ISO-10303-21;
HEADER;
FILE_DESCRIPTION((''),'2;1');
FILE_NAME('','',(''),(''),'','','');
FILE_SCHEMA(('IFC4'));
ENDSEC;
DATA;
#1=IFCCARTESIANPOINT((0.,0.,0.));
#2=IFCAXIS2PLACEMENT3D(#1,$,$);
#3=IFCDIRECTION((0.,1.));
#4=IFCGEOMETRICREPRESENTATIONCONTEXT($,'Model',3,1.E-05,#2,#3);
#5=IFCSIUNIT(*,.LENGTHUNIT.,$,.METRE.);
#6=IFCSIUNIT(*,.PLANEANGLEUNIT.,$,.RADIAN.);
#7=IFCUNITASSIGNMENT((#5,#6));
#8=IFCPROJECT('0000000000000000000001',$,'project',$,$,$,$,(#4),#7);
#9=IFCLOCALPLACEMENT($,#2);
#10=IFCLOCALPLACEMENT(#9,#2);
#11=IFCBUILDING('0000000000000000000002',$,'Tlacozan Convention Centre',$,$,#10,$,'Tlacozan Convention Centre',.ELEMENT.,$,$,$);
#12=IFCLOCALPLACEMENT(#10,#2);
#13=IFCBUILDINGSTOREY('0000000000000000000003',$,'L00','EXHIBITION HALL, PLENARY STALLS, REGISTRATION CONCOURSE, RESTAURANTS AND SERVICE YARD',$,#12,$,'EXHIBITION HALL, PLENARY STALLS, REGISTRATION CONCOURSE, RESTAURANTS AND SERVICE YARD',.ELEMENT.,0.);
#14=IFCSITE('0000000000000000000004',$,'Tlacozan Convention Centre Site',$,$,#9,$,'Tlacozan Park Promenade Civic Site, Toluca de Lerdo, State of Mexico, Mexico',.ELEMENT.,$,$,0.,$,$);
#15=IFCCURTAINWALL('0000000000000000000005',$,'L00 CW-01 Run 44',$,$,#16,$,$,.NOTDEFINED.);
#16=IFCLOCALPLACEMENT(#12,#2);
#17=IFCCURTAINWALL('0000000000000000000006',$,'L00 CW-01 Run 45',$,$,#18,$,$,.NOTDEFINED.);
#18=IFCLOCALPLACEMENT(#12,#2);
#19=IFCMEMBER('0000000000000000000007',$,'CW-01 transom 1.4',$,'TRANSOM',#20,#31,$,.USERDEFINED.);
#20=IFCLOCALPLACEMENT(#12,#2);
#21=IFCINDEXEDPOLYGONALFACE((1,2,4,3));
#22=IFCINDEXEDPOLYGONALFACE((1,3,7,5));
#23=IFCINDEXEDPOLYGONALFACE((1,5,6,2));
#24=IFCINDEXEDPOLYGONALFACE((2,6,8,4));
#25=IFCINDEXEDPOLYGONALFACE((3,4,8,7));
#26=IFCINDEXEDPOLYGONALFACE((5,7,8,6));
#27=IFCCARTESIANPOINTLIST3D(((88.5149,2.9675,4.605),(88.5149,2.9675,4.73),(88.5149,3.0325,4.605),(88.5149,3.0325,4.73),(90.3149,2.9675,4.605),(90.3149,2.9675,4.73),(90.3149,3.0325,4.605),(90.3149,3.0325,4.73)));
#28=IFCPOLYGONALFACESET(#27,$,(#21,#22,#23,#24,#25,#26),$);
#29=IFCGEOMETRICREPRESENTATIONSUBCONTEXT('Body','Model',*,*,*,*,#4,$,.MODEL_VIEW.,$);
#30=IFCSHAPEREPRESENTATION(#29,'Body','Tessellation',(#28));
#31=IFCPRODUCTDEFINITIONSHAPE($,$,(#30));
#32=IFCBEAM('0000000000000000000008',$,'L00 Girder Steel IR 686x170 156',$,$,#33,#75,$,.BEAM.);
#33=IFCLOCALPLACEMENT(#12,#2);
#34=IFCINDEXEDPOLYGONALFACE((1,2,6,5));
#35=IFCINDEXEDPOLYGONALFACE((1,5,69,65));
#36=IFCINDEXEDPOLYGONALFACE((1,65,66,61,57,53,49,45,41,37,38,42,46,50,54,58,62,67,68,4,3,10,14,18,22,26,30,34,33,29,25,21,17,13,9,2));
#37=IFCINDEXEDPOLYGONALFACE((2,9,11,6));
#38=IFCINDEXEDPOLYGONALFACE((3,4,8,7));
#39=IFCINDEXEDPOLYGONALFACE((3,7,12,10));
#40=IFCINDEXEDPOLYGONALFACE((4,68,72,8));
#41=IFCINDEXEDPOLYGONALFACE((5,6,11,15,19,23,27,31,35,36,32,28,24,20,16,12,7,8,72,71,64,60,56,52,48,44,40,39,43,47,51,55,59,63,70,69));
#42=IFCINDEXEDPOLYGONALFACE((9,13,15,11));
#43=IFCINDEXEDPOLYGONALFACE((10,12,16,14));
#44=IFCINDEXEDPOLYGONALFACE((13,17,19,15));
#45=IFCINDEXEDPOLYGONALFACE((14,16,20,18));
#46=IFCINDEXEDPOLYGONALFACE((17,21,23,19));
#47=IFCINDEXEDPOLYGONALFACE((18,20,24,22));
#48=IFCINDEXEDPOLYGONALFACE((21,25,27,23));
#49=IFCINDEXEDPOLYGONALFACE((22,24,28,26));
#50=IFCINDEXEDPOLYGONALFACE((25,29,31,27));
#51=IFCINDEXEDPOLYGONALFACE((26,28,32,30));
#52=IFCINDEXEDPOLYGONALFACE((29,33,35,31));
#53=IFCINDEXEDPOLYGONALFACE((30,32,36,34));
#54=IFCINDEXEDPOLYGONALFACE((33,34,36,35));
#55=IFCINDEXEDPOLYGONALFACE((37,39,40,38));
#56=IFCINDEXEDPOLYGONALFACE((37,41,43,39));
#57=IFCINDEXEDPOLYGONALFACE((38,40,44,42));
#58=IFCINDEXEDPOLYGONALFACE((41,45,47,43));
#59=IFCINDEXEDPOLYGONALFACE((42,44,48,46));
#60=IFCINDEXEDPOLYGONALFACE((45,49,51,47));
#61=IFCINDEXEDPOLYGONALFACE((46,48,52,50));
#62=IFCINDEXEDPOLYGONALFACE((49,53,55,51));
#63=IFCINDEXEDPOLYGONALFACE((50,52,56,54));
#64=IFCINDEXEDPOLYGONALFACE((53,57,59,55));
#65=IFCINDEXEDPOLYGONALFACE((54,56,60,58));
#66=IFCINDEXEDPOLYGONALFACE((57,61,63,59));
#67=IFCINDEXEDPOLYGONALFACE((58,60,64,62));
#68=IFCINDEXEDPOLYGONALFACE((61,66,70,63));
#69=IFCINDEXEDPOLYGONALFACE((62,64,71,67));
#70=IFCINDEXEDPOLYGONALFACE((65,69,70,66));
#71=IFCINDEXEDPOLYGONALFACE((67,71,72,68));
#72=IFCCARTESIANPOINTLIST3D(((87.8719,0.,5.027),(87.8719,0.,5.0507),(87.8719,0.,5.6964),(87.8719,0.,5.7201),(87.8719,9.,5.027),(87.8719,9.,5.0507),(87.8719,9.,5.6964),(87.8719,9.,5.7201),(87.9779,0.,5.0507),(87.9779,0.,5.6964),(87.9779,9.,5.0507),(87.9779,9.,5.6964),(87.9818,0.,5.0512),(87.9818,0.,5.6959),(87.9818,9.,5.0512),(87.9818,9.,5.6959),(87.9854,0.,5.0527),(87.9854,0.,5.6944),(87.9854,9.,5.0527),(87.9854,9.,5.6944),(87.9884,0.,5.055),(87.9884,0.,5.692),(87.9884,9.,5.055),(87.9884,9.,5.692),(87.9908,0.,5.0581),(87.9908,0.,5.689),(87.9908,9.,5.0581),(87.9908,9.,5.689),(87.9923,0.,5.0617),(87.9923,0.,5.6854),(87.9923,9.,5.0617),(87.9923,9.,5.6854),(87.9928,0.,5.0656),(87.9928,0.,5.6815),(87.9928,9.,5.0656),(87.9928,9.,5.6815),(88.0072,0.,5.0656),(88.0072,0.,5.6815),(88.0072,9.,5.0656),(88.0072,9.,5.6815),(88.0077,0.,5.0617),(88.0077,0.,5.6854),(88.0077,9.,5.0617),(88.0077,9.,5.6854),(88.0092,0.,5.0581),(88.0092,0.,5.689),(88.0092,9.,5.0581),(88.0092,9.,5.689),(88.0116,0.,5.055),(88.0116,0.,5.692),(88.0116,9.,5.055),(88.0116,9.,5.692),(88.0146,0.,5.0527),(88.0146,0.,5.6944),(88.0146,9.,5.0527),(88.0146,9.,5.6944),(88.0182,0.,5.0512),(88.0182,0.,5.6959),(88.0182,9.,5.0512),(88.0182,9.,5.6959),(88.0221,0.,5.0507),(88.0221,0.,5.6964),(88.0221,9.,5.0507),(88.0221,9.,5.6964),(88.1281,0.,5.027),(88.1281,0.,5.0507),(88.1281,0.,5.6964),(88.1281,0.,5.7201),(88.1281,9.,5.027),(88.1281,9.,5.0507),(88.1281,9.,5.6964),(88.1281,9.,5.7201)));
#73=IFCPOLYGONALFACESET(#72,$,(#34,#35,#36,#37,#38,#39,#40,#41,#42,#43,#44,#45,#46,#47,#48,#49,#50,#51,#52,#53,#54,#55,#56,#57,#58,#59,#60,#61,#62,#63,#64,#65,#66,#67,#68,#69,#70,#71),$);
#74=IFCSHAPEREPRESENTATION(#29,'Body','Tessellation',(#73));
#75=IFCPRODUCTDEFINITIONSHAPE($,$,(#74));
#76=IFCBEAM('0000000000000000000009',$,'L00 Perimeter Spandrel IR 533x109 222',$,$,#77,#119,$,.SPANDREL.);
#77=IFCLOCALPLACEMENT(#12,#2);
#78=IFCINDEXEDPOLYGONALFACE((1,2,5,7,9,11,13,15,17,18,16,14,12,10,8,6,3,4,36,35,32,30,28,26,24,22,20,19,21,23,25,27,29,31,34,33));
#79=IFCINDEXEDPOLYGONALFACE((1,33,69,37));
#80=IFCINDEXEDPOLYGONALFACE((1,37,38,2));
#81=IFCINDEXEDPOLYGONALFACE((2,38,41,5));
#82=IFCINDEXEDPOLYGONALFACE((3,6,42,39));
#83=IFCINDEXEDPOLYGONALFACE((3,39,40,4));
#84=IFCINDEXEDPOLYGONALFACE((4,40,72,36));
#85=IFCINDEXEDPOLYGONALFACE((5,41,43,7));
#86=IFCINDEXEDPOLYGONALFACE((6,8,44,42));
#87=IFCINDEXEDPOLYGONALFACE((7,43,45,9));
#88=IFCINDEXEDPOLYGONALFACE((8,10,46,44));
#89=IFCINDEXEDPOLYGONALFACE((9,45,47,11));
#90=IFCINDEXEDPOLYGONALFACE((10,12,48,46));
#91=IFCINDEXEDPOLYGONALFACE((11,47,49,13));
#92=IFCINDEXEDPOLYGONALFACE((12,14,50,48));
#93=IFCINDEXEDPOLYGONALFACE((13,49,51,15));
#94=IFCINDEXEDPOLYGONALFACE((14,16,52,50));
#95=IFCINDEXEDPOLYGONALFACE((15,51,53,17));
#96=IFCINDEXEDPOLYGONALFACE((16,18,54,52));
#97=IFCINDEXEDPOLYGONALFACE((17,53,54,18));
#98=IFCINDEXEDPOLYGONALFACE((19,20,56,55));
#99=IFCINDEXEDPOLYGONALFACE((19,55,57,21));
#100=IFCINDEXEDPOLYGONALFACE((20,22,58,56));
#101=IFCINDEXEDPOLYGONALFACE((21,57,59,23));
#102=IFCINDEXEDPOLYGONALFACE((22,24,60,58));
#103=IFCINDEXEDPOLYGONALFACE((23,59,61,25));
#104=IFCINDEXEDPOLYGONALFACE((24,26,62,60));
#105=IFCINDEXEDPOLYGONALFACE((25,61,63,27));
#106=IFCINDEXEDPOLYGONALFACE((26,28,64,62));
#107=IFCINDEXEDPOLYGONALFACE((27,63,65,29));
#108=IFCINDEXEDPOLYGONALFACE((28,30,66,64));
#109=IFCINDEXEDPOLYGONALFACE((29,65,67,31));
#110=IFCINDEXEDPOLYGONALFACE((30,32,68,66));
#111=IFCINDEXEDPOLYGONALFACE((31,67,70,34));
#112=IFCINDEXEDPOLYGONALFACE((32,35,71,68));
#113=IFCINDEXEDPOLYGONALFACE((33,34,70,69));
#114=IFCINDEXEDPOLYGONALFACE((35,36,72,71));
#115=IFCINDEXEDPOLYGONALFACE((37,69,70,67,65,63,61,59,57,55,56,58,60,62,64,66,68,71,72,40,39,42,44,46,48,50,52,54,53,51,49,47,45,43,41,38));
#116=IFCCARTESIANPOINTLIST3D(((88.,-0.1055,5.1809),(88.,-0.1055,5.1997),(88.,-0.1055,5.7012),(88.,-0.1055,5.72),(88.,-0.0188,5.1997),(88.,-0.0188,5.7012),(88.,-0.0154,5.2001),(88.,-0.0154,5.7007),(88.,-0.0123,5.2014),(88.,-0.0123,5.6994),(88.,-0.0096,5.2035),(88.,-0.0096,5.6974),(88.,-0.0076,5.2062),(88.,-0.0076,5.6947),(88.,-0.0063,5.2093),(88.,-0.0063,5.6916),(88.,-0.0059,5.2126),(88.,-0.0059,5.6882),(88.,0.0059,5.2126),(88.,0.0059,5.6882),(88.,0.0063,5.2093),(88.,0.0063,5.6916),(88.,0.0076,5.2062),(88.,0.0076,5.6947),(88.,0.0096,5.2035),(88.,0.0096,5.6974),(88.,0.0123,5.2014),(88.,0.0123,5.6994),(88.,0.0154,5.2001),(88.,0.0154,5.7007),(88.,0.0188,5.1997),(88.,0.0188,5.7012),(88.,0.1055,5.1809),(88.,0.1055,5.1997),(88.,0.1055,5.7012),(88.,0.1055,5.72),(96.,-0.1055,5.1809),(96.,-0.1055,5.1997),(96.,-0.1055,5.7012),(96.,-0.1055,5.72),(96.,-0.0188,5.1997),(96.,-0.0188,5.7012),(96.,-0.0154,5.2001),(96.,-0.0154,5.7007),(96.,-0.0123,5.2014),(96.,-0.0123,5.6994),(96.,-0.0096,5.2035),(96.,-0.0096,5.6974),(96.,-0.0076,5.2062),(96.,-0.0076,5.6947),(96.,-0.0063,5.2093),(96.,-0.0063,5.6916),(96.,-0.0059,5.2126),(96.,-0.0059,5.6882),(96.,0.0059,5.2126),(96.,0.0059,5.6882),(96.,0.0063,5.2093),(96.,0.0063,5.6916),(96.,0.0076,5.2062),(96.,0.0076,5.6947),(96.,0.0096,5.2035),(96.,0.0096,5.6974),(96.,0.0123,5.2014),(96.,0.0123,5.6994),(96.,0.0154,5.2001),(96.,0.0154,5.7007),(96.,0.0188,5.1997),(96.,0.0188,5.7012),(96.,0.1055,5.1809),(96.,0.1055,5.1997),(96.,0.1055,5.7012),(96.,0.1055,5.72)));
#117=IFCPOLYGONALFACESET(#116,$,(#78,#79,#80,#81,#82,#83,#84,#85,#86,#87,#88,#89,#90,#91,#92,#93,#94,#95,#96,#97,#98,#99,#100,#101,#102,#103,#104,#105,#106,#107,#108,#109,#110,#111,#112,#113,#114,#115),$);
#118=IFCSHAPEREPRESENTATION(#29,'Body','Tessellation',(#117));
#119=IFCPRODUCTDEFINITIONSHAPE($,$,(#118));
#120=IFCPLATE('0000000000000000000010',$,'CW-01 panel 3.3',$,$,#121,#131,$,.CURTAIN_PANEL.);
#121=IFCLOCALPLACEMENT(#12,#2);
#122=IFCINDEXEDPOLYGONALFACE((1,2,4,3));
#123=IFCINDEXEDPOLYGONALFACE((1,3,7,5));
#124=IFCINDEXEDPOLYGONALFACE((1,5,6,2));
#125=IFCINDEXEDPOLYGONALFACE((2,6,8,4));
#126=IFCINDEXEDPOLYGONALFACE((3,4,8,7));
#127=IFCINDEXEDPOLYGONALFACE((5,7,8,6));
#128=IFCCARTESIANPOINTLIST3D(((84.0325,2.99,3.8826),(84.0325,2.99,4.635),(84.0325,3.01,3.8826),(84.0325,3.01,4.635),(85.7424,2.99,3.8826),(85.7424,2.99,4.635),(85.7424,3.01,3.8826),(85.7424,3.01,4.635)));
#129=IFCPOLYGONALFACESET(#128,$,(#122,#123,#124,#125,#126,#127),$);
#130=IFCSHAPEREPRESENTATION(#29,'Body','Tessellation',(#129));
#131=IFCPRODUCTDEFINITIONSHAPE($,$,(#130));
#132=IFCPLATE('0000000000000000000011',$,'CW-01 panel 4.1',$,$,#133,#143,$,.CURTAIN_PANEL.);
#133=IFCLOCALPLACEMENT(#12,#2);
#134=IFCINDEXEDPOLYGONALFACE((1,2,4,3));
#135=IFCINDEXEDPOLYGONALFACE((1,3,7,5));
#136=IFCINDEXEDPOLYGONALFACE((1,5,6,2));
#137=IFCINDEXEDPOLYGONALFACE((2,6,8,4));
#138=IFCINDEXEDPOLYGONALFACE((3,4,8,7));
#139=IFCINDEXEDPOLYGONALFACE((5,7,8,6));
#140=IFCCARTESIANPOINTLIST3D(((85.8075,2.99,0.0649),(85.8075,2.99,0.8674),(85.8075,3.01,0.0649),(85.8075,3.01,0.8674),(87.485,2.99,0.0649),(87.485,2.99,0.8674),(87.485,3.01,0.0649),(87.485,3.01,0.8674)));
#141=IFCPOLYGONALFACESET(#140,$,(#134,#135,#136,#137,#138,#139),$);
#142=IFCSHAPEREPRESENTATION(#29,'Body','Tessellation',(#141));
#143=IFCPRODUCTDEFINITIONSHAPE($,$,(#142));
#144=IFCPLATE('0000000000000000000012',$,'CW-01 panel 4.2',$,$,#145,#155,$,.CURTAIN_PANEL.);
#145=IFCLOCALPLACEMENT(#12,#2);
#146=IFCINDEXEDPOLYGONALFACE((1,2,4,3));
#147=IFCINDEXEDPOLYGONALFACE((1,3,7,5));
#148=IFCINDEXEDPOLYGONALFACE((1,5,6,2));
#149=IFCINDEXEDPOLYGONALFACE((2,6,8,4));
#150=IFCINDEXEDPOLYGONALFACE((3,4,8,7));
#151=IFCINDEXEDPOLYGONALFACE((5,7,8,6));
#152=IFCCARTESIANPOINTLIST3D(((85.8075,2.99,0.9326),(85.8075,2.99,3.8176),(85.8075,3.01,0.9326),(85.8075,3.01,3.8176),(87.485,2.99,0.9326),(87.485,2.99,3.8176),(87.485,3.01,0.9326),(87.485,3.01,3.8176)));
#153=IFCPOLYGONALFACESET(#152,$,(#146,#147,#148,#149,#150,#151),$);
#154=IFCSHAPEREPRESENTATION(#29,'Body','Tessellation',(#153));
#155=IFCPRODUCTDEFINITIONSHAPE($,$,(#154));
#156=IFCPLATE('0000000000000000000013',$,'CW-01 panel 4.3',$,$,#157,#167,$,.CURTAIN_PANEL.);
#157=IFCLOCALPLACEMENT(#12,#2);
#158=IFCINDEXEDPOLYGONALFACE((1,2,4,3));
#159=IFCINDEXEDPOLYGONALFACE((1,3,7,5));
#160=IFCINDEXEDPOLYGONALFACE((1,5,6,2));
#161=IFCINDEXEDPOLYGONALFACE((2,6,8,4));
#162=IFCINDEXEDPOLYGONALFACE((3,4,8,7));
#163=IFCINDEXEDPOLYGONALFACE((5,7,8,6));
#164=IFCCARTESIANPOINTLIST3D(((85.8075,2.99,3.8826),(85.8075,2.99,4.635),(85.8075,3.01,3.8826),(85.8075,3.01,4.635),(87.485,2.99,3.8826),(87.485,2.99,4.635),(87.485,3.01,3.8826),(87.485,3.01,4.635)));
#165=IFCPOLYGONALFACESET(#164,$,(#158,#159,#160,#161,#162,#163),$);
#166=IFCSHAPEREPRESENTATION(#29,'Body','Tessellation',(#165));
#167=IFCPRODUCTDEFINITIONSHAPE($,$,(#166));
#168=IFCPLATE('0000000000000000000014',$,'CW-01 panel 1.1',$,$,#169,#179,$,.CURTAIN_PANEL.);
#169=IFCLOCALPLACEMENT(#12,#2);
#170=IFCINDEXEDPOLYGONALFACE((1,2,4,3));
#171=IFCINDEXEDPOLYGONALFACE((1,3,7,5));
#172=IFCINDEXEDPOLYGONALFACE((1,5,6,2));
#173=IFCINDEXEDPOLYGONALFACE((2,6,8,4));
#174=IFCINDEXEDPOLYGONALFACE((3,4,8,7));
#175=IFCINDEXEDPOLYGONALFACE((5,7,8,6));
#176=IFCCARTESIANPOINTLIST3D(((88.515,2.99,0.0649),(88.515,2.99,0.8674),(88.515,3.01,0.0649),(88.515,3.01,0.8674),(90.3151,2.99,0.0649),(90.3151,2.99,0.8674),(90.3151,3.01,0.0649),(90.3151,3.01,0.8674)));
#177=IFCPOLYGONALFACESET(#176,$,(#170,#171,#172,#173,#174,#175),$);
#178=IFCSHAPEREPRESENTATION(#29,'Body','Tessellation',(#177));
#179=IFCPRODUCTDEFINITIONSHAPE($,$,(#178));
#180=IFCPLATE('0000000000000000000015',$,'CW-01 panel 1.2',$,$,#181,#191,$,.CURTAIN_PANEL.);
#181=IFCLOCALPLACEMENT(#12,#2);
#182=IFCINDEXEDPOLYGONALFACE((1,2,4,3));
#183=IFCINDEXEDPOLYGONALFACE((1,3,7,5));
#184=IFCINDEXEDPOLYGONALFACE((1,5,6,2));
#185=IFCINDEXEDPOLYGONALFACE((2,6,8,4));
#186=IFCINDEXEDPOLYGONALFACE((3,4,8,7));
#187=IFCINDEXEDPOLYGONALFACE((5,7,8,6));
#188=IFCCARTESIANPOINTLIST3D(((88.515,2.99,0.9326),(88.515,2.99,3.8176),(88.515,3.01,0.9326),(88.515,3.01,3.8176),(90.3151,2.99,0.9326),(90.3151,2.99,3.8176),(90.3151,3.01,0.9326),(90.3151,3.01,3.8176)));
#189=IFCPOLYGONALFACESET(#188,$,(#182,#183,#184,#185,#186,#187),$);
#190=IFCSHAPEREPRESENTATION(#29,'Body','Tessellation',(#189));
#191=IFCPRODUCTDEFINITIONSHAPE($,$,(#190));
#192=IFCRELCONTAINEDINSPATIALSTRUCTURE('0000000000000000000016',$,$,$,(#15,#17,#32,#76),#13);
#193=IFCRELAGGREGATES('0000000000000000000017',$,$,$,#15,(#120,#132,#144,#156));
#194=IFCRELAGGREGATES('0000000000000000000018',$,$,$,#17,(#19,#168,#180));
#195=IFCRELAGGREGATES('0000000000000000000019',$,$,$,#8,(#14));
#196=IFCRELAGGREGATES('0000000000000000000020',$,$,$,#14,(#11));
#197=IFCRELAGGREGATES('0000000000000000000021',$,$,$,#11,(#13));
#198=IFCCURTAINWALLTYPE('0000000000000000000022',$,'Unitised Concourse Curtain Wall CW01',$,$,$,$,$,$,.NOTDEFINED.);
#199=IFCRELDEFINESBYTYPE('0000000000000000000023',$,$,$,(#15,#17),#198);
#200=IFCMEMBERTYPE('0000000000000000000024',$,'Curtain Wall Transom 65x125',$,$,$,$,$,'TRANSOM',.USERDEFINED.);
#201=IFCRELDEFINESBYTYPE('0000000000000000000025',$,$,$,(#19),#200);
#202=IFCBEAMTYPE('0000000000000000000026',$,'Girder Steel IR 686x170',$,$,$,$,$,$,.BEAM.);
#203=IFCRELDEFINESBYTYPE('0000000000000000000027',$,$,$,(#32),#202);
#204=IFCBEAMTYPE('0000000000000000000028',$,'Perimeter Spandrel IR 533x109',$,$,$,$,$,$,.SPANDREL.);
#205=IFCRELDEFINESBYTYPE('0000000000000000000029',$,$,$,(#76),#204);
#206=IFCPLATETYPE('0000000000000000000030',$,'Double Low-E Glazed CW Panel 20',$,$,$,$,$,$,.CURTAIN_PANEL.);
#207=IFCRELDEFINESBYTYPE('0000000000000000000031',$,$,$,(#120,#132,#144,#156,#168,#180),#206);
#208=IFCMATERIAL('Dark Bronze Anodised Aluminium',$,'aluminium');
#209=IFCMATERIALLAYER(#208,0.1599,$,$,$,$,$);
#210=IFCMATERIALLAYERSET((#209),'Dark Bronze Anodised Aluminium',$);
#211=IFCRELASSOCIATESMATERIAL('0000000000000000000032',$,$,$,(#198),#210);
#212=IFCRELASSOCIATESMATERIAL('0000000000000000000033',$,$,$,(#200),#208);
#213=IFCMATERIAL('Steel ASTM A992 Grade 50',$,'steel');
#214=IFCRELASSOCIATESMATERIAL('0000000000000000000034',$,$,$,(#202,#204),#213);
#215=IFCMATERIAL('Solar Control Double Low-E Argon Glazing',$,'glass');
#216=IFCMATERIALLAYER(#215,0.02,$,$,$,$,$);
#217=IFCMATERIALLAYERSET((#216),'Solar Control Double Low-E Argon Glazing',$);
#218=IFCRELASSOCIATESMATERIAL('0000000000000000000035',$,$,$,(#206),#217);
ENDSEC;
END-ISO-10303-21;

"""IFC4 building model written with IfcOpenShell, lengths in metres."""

from ifc_helpers import new_model, si_unit, direction, frame, origin, origin_2d, place, context, subcontext, project, spatial, rectangle, i_section, extrude, material, layer, layer_set, material_profile, profile_set, type_object, element, aggregate, save


model = new_model("IFC4")

# Units and contexts
model_context = context("Model", 3, precision=1e-05, world=origin(), true_north=direction((0.0, 1.0)))
body_context = subcontext(model_context, "Body", "Model", "MODEL_VIEW")
ifc_project = project(units=[si_unit("LENGTHUNIT", "METRE"), si_unit("PLANEANGLEUNIT", "RADIAN")], contexts=[model_context])

# Site, building, storey
site_placement = place(None, origin())
site = spatial("IfcSite", under=ifc_project, at=site_placement, Name="Tlacozan Convention Centre Site", LongName="Tlacozan Park Promenade Civic Site, Toluca de Lerdo, State of Mexico, Mexico", CompositionType="ELEMENT", RefElevation=0.0)
building_placement = place(site_placement, origin())
building = spatial("IfcBuilding", under=site, at=building_placement, Name="Tlacozan Convention Centre", LongName="Tlacozan Convention Centre", CompositionType="ELEMENT")
storey_placement = place(building_placement, origin())
storey = spatial("IfcBuildingStorey", under=building, at=storey_placement, Name="L00", Description="EXHIBITION HALL, PLENARY STALLS, REGISTRATION CONCOURSE, RESTAURANTS AND SERVICE YARD", LongName="EXHIBITION HALL, PLENARY STALLS, REGISTRATION CONCOURSE, RESTAURANTS AND SERVICE YARD", CompositionType="ELEMENT", Elevation=0.0)

# Curtain walls
ifc_material_1 = material(Name="Dark Bronze Anodised Aluminium", Category="aluminium")
ifc_layer_1 = layer(ifc_material_1, 0.1599)
ifc_layer_set_1 = layer_set([ifc_layer_1], Name="Dark Bronze Anodised Aluminium")
curtain_wall_type = type_object("IfcCurtainWallType", Name="Unitised Concourse Curtain Wall CW01", PredefinedType="NOTDEFINED", material=ifc_layer_set_1)
curtain_wall_1_placement = place(storey_placement, origin())
curtain_wall_1 = element("IfcCurtainWall", 1, at=curtain_wall_1_placement, inside=storey, type_object=curtain_wall_type, Name="L00 CW-01 Run 44", PredefinedType="NOTDEFINED")
curtain_wall_2_placement = place(storey_placement, origin())
curtain_wall_2 = element("IfcCurtainWall", 2, at=curtain_wall_2_placement, inside=storey, type_object=curtain_wall_type, Name="L00 CW-01 Run 45", PredefinedType="NOTDEFINED")

# Member
ifc_material_profile_1 = material_profile(ifc_material_1, rectangle(XDim=0.0649, YDim=0.125, at=origin_2d()), Name="ALU 65x125")
ifc_profile_set_1 = profile_set([ifc_material_profile_1], Name="Dark Bronze Anodised Aluminium")
member_type_1 = type_object("IfcMemberType", Name="Curtain Wall Transom 65x125", ElementType="TRANSOM", PredefinedType="USERDEFINED", material=ifc_profile_set_1)
member_1_placement = place(storey_placement, frame((88.5149, 3.0, 4.6675), z_axis=(1.0, 0.0, 0.0), x_axis=(0.0, 1.0, 0.0)))
member_1 = element("IfcMember", 3, at=member_1_placement, type_object=member_type_1, Name="CW-01 transom 1.4", ObjectType="TRANSOM", PredefinedType="USERDEFINED", context=body_context, shape_type="SweptSolid", body=[
    extrude(rectangle(XDim=0.0649, YDim=0.125, at=origin_2d()), origin(), (0.0, 0.0, 1.0), 1.8),
])

# Beams
ifc_material_2 = material(Name="Steel ASTM A992 Grade 50", Category="steel")
ifc_material_profile_2 = material_profile(ifc_material_2, i_section(OverallWidth=0.2561, OverallDepth=0.6931, WebThickness=0.0144, FlangeThickness=0.0237, FilletRadius=0.0149, at=origin_2d()), Name="IR 686x170.0")
ifc_profile_set_2 = profile_set([ifc_material_profile_2], Name="Steel ASTM A992 Grade 50")
beam_type_1 = type_object("IfcBeamType", Name="Girder Steel IR 686x170", PredefinedType="BEAM", material=ifc_profile_set_2)
beam_1_placement = place(storey_placement, frame((88.0, 0.0, 5.3735), z_axis=(0.0, 1.0, 0.0), x_axis=(-1.0, 0.0, 0.0)))
element("IfcBeam", 4, at=beam_1_placement, inside=storey, type_object=beam_type_1, Name="L00 Girder Steel IR 686x170 156", PredefinedType="BEAM", context=body_context, shape_type="SweptSolid", body=[
    extrude(i_section(OverallWidth=0.2561, OverallDepth=0.6931, WebThickness=0.0144, FlangeThickness=0.0237, FilletRadius=0.0149, at=origin_2d()), origin(), (0.0, 0.0, 1.0), 9.0),
])
ifc_material_profile_3 = material_profile(ifc_material_2, i_section(OverallWidth=0.2109, OverallDepth=0.5391, WebThickness=0.0117, FlangeThickness=0.0188, FilletRadius=0.0129, at=origin_2d()), Name="IR 533x109.0")
ifc_profile_set_3 = profile_set([ifc_material_profile_3], Name="Steel ASTM A992 Grade 50")
beam_type_2 = type_object("IfcBeamType", Name="Perimeter Spandrel IR 533x109", PredefinedType="SPANDREL", material=ifc_profile_set_3)
beam_2_placement = place(storey_placement, frame((88.0, 0.0, 5.4504), z_axis=(1.0, 0.0, 0.0), x_axis=(0.0, 1.0, 0.0)))
element("IfcBeam", 5, at=beam_2_placement, inside=storey, type_object=beam_type_2, Name="L00 Perimeter Spandrel IR 533x109 222", PredefinedType="SPANDREL", context=body_context, shape_type="SweptSolid", body=[
    extrude(i_section(OverallWidth=0.2109, OverallDepth=0.5391, WebThickness=0.0117, FlangeThickness=0.0188, FilletRadius=0.0129, at=origin_2d()), origin(), (0.0, 0.0, 1.0), 8.0),
])

# Plates
ifc_material_3 = material(Name="Solar Control Double Low-E Argon Glazing", Category="glass")
ifc_layer_2 = layer(ifc_material_3, 0.02)
ifc_layer_set_2 = layer_set([ifc_layer_2], Name="Solar Control Double Low-E Argon Glazing")
plate_type = type_object("IfcPlateType", Name="Double Low-E Glazed CW Panel 20", PredefinedType="CURTAIN_PANEL", material=ifc_layer_set_2)
plate_1_placement = place(storey_placement, frame((84.8875, 3.0, 3.8826), z_axis=(0.0, 0.0, 1.0), x_axis=(1.0, 0.0, 0.0)))
plate_1 = element("IfcPlate", 6, at=plate_1_placement, type_object=plate_type, Name="CW-01 panel 3.3", PredefinedType="CURTAIN_PANEL", context=body_context, shape_type="SweptSolid", body=[
    extrude(rectangle(XDim=1.71, YDim=0.02, at=origin_2d()), origin(), (0.0, 0.0, 1.0), 0.7524),
])
plate_2_placement = place(storey_placement, frame((86.6462, 3.0, 0.0649), z_axis=(0.0, 0.0, 1.0), x_axis=(1.0, 0.0, 0.0)))
plate_2 = element("IfcPlate", 7, at=plate_2_placement, type_object=plate_type, Name="CW-01 panel 4.1", PredefinedType="CURTAIN_PANEL", context=body_context, shape_type="SweptSolid", body=[
    extrude(rectangle(XDim=1.6775, YDim=0.02, at=origin_2d()), origin(), (0.0, 0.0, 1.0), 0.8025),
])
plate_3_placement = place(storey_placement, frame((86.6462, 3.0, 0.9326), z_axis=(0.0, 0.0, 1.0), x_axis=(1.0, 0.0, 0.0)))
plate_3 = element("IfcPlate", 8, at=plate_3_placement, type_object=plate_type, Name="CW-01 panel 4.2", PredefinedType="CURTAIN_PANEL", context=body_context, shape_type="SweptSolid", body=[
    extrude(rectangle(XDim=1.6775, YDim=0.02, at=origin_2d()), origin(), (0.0, 0.0, 1.0), 2.885),
])
plate_4_placement = place(storey_placement, frame((86.6462, 3.0, 3.8826), z_axis=(0.0, 0.0, 1.0), x_axis=(1.0, 0.0, 0.0)))
plate_4 = element("IfcPlate", 9, at=plate_4_placement, type_object=plate_type, Name="CW-01 panel 4.3", PredefinedType="CURTAIN_PANEL", context=body_context, shape_type="SweptSolid", body=[
    extrude(rectangle(XDim=1.6775, YDim=0.02, at=origin_2d()), origin(), (0.0, 0.0, 1.0), 0.7524),
])
aggregate(curtain_wall_1, [plate_1, plate_2, plate_3, plate_4])
plate_5_placement = place(storey_placement, frame((89.415, 3.0, 0.0649), z_axis=(0.0, 0.0, 1.0), x_axis=(1.0, 0.0, 0.0)))
plate_5 = element("IfcPlate", 10, at=plate_5_placement, type_object=plate_type, Name="CW-01 panel 1.1", PredefinedType="CURTAIN_PANEL", context=body_context, shape_type="SweptSolid", body=[
    extrude(rectangle(XDim=1.8, YDim=0.02, at=origin_2d()), origin(), (0.0, 0.0, 1.0), 0.8025),
])
plate_6_placement = place(storey_placement, frame((89.415, 3.0, 0.9326), z_axis=(0.0, 0.0, 1.0), x_axis=(1.0, 0.0, 0.0)))
plate_6 = element("IfcPlate", 11, at=plate_6_placement, type_object=plate_type, Name="CW-01 panel 1.2", PredefinedType="CURTAIN_PANEL", context=body_context, shape_type="SweptSolid", body=[
    extrude(rectangle(XDim=1.8, YDim=0.02, at=origin_2d()), origin(), (0.0, 0.0, 1.0), 2.885),
])
aggregate(curtain_wall_2, [member_1, plate_5, plate_6])

save(model, "model.ifc")
